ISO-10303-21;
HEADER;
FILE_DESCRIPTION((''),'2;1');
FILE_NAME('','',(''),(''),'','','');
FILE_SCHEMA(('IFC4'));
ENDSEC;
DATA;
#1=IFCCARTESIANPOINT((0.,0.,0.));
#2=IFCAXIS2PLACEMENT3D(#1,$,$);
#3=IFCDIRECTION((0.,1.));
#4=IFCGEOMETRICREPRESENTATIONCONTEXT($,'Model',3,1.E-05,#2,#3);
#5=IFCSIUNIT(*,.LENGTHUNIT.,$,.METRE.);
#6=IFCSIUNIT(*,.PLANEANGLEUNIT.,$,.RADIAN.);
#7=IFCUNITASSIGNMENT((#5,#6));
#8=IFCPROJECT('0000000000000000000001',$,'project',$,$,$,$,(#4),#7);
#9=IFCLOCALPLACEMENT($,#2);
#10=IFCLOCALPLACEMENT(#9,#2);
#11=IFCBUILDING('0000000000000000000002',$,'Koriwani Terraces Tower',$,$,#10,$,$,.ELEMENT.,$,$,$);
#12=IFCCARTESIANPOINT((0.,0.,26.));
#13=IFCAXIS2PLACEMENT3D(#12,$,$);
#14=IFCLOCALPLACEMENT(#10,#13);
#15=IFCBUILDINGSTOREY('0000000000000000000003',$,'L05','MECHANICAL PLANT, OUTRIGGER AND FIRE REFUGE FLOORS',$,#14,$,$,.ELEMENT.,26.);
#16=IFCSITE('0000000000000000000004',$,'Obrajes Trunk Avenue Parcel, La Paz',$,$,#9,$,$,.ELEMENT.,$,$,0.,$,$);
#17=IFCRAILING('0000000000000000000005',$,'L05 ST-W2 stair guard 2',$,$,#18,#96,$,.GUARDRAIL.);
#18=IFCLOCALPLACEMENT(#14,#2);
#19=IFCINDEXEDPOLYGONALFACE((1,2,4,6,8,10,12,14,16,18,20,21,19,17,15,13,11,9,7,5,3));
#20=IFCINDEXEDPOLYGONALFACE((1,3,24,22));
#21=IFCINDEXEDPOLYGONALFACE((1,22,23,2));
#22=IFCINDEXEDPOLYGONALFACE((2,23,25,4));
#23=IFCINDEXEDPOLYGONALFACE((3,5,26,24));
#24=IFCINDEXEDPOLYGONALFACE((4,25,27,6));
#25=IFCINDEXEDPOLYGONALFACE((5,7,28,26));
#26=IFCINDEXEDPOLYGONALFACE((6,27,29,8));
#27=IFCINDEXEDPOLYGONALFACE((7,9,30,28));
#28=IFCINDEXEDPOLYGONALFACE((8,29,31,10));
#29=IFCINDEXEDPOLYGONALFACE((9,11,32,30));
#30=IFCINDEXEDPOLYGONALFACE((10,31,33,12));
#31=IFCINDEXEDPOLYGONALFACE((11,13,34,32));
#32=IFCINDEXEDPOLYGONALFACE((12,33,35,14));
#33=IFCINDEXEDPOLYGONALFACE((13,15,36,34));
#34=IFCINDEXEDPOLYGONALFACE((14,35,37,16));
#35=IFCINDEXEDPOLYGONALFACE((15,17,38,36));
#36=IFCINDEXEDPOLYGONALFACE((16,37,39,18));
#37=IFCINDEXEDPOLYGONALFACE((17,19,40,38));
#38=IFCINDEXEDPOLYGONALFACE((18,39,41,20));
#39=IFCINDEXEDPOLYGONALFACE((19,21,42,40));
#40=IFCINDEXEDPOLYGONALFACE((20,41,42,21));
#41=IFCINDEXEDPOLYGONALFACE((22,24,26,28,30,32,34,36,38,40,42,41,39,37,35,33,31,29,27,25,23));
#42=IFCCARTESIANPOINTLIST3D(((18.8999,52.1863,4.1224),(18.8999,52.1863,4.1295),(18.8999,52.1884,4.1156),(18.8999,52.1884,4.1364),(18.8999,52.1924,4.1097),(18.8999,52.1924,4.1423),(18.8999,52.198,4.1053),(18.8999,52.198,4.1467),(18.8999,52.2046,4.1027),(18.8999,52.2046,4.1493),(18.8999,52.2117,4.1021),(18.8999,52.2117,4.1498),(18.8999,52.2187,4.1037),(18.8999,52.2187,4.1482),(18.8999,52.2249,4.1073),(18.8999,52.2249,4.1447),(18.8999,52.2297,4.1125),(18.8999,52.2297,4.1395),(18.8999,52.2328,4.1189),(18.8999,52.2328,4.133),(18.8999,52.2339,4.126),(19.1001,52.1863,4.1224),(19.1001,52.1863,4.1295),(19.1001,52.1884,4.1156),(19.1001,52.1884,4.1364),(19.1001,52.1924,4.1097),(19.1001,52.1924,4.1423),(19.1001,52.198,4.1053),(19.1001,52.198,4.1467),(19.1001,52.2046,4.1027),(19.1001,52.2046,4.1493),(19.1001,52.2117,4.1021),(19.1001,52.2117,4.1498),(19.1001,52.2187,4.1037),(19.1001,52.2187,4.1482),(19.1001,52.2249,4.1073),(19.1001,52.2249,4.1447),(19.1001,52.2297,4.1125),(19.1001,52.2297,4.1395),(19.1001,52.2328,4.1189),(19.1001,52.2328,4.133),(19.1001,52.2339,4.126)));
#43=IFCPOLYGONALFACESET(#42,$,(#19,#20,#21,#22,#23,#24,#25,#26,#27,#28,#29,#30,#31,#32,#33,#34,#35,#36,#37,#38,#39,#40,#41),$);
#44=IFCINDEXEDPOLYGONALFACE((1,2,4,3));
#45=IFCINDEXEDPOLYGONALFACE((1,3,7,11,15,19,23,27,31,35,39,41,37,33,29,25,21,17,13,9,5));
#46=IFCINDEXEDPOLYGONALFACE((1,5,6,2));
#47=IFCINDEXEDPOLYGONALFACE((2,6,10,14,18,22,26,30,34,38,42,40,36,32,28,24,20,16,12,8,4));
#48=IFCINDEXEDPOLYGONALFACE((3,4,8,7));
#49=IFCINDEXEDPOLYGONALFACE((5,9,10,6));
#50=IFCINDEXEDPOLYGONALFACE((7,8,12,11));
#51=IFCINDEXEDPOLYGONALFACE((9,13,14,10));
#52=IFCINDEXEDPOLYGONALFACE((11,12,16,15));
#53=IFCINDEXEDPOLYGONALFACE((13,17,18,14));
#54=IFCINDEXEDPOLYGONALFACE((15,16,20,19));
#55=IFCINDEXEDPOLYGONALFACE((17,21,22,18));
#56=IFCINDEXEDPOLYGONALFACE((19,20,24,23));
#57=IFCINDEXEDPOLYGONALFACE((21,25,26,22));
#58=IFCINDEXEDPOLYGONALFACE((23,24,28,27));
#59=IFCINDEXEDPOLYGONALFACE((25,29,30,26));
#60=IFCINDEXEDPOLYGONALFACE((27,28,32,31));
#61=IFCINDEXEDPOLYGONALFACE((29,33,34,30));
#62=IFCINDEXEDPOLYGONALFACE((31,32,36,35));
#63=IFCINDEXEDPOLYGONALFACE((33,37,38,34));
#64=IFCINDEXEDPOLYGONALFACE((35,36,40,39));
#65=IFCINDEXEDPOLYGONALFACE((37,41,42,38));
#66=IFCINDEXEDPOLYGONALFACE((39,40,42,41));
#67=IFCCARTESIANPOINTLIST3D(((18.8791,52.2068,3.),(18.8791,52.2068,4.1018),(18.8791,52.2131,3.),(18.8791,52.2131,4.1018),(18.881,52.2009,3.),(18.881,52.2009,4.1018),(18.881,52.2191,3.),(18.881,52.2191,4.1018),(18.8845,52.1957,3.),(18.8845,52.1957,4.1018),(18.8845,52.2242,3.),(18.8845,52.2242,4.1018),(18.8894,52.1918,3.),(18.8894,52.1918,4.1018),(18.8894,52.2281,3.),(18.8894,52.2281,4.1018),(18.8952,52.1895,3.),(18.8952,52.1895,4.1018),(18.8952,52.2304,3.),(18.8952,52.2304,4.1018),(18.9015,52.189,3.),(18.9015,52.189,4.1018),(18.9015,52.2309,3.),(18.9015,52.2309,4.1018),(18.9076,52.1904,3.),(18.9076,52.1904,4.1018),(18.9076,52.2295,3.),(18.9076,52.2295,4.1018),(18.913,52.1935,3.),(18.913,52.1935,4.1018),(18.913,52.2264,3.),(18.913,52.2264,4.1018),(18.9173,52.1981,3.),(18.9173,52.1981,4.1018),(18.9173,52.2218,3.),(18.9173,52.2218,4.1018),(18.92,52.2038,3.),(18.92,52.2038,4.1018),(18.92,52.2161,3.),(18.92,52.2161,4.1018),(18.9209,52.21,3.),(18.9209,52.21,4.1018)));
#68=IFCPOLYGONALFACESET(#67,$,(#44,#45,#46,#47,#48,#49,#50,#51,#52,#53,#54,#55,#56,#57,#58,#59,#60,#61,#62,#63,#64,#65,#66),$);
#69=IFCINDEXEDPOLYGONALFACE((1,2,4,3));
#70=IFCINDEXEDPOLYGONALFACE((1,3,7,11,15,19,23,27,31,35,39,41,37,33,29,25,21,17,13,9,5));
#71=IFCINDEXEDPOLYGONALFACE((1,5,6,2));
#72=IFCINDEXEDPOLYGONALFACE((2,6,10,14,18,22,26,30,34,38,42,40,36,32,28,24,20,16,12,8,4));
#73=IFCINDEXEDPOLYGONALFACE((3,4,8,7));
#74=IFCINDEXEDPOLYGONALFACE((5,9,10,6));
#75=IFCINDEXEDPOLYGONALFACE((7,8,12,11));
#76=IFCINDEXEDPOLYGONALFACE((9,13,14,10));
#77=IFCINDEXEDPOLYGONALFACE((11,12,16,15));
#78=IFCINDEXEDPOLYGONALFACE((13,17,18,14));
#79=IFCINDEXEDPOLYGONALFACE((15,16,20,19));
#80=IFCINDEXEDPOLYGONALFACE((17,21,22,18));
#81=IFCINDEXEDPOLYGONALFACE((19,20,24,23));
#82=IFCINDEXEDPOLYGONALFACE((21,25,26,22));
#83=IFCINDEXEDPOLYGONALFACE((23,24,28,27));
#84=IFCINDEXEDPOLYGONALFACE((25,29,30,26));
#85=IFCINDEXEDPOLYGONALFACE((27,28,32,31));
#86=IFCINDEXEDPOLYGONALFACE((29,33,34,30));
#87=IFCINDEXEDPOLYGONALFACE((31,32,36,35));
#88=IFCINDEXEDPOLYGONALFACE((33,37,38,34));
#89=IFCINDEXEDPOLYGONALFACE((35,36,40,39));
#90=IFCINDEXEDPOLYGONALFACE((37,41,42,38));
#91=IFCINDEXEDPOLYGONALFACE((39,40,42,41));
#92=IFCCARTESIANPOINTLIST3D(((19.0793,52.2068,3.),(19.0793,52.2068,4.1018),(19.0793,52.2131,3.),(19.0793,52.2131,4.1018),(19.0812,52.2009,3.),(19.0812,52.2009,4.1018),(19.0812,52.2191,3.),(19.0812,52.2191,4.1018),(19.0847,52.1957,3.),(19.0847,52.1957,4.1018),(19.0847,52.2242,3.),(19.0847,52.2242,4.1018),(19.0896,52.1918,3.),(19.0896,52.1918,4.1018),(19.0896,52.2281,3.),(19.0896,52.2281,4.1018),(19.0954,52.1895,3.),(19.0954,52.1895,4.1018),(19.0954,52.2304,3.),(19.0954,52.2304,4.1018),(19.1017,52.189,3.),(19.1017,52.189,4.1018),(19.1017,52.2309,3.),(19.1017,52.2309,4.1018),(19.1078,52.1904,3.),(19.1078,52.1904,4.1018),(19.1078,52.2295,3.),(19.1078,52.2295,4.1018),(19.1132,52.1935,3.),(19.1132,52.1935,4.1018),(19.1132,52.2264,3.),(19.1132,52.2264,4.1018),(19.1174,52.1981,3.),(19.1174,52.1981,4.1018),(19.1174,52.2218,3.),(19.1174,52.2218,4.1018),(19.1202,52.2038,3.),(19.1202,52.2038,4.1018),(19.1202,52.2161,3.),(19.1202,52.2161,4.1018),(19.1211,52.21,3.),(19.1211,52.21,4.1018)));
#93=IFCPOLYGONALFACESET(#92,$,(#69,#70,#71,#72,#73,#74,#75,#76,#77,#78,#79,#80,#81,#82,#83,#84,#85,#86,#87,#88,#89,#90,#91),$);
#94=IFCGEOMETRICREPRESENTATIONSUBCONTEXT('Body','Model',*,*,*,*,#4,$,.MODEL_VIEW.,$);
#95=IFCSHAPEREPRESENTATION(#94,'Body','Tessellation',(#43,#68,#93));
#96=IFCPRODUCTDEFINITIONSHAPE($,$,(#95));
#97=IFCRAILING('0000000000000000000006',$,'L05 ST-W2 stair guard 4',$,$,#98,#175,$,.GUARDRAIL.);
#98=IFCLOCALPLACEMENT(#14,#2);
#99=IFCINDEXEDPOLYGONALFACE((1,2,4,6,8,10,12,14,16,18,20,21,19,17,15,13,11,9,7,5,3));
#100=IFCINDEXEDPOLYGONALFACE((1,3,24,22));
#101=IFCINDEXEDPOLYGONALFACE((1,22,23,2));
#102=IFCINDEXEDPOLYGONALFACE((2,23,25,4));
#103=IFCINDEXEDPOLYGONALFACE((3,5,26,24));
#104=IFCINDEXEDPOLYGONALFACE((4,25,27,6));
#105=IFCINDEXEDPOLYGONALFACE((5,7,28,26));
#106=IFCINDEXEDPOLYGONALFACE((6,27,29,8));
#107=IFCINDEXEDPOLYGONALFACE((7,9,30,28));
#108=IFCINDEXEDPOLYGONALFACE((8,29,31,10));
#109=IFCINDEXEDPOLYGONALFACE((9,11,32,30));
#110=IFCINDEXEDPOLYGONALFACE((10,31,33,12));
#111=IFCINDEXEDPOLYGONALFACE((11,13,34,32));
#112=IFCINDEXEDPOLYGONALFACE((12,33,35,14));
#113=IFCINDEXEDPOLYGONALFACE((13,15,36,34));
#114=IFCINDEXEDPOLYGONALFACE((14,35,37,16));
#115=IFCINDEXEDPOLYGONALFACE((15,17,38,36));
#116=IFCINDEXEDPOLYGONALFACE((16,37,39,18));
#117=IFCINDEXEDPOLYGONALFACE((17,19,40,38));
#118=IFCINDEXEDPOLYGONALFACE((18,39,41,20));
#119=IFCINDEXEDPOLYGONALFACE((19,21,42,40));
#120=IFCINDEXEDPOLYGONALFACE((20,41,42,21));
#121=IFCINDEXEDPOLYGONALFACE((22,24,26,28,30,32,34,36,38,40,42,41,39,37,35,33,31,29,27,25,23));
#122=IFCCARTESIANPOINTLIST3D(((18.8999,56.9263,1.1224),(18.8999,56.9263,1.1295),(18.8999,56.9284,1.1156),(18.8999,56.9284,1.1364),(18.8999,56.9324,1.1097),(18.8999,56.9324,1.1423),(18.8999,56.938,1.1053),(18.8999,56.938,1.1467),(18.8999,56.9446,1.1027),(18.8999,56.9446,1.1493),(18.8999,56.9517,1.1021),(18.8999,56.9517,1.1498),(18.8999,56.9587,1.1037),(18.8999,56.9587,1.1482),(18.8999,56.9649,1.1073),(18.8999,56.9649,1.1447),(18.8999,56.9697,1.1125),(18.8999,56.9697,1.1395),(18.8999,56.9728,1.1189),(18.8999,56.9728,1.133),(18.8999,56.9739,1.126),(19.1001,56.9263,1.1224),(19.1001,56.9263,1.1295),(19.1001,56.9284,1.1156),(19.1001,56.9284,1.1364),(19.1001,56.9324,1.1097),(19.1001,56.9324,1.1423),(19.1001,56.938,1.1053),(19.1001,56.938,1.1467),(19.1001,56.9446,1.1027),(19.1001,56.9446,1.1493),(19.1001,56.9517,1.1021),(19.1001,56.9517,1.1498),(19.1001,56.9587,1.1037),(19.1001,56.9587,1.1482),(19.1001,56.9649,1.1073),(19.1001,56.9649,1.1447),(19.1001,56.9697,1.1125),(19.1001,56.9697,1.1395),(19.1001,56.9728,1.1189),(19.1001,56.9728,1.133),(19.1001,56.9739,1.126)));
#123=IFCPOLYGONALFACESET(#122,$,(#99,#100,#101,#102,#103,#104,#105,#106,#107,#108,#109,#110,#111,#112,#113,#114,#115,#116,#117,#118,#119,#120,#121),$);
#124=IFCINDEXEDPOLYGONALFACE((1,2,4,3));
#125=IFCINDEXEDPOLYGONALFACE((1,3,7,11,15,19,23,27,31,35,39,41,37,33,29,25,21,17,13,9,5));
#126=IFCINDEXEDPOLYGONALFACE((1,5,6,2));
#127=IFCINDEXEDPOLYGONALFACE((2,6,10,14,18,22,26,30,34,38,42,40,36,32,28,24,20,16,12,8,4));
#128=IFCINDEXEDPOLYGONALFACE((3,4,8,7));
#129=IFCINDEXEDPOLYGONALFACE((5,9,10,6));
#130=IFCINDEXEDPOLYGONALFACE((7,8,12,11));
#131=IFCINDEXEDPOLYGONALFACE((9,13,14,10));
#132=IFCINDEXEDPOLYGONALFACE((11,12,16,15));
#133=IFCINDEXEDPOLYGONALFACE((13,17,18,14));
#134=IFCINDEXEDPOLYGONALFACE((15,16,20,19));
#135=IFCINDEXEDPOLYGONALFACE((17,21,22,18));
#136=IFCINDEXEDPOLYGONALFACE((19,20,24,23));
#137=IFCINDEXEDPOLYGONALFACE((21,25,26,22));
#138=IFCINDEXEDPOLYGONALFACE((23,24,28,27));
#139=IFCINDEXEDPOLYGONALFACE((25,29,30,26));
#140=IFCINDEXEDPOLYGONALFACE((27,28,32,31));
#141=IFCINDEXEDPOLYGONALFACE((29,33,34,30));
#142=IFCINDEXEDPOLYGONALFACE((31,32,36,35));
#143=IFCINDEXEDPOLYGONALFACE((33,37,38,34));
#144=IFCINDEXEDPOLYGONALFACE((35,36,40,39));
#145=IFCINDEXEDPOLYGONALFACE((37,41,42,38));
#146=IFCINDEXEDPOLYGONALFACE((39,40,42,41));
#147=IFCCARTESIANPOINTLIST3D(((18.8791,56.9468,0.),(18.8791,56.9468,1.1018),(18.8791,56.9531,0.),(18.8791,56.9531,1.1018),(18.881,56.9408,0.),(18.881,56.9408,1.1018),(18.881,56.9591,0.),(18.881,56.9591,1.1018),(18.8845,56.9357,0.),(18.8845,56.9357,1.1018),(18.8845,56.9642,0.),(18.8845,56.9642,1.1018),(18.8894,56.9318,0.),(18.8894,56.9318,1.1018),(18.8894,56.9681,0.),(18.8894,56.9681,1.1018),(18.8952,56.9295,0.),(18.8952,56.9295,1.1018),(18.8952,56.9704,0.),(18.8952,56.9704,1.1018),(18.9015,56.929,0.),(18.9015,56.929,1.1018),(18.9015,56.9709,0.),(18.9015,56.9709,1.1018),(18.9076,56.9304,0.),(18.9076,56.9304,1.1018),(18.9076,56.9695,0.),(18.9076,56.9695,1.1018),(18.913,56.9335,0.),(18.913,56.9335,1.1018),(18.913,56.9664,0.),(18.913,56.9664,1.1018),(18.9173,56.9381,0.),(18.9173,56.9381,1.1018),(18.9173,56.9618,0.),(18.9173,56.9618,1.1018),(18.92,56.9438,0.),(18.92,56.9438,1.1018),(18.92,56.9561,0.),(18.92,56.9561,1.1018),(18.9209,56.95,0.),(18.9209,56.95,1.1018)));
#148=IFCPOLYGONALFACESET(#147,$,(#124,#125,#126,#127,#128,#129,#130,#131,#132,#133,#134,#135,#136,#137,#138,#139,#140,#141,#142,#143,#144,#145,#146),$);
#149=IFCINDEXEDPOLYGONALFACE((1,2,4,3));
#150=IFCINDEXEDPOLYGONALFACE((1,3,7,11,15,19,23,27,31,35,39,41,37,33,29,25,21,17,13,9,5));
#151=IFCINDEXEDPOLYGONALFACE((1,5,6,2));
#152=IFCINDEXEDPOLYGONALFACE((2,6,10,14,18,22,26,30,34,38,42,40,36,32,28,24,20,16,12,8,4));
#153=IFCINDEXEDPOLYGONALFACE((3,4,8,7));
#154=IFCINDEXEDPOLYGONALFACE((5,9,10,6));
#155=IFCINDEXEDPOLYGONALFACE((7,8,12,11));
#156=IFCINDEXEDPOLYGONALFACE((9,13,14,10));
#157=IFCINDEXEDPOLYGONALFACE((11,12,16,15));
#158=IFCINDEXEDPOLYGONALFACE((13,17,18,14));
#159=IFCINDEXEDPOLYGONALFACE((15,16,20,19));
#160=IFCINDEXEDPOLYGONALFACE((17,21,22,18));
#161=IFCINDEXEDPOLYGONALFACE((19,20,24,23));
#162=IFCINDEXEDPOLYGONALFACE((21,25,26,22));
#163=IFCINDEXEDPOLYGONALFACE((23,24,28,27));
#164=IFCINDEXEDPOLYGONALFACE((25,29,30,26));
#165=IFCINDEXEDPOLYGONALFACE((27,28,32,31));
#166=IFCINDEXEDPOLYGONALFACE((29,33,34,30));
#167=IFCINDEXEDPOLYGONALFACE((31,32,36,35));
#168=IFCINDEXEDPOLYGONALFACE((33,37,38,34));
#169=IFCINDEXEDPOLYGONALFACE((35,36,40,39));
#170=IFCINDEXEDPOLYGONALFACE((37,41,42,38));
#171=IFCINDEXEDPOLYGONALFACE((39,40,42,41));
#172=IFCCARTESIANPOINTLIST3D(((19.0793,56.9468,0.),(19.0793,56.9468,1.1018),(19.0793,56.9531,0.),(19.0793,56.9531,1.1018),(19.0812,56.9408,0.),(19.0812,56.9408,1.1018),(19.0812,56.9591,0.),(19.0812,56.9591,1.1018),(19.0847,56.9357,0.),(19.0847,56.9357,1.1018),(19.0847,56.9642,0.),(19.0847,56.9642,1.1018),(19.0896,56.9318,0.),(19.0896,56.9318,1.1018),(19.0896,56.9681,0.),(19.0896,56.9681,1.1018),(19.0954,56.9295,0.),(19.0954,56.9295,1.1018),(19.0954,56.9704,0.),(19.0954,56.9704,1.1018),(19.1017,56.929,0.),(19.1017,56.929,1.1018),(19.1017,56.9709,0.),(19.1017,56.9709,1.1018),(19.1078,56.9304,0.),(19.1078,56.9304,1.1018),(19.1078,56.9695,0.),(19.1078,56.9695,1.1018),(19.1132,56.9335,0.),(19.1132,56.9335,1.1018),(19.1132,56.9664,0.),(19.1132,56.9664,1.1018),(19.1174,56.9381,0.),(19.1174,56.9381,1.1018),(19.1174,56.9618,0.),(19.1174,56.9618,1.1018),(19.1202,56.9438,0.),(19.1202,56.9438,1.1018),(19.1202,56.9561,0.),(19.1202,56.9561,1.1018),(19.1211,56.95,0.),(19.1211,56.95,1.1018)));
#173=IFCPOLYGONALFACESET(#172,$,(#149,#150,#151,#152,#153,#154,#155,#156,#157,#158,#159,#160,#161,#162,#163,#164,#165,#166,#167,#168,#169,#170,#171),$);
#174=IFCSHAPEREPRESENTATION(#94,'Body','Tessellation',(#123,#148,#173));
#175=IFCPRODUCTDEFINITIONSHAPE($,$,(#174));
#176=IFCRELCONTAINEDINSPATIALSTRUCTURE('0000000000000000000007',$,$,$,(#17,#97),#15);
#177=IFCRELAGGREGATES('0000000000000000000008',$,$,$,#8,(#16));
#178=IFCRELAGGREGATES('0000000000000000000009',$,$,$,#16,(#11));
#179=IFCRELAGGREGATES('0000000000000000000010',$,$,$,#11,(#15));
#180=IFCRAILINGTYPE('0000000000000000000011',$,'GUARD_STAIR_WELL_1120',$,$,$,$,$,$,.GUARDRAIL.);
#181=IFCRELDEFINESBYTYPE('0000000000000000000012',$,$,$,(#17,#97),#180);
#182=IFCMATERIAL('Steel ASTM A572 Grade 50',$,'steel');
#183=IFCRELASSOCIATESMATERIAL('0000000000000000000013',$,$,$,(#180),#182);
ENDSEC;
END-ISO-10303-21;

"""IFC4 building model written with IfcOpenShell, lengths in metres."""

from ifc_helpers import new_model, si_unit, direction, frame, origin, origin_2d, place, context, subcontext, project, spatial, circle, extrude, material, type_object, element, save


model = new_model("IFC4")

# Units and contexts
model_context = context("Model", 3, precision=1e-05, world=origin(), true_north=direction((0.0, 1.0)))
body_context = subcontext(model_context, "Body", "Model", "MODEL_VIEW")
ifc_project = project(units=[si_unit("LENGTHUNIT", "METRE"), si_unit("PLANEANGLEUNIT", "RADIAN")], contexts=[model_context])

# Site, building, storey
site_placement = place(None, origin())
site = spatial("IfcSite", under=ifc_project, at=site_placement, Name="Obrajes Trunk Avenue Parcel, La Paz", CompositionType="ELEMENT", RefElevation=0.0)
building_placement = place(site_placement, origin())
building = spatial("IfcBuilding", under=site, at=building_placement, Name="Koriwani Terraces Tower", CompositionType="ELEMENT")
storey_placement = place(building_placement, frame((0.0, 0.0, 26.0)))
storey = spatial("IfcBuildingStorey", under=building, at=storey_placement, Name="L05", Description="MECHANICAL PLANT, OUTRIGGER AND FIRE REFUGE FLOORS", CompositionType="ELEMENT", Elevation=26.0)

# Shared definitions
ifc_material_1 = material(Name="Steel ASTM A572 Grade 50", Category="steel")

# Railings
railing_type_1 = type_object("IfcRailingType", Name="GUARD_STAIR_WELL_1120", PredefinedType="GUARDRAIL", material=ifc_material_1)
for number, where, name in (
    (1, (18.8999, 52.21, 3.0), "L05 ST-W2 stair guard 2"),
    (2, (18.8999, 56.95, 0.0), "L05 ST-W2 stair guard 4"),
):
    element("IfcRailing", number, at=place(storey_placement, frame(where)), inside=storey, type_object=railing_type_1, Name=name, PredefinedType="GUARDRAIL", context=body_context, shape_type="SweptSolid", body=[
        extrude(circle(Radius=0.0239, at=origin_2d()), frame((0.0, 0.0, 1.126), z_axis=(1.0, 0.0, 0.0), x_axis=(0.0, 1.0, 0.0)), (0.0, 0.0, 1.0), 0.2002),
        extrude(circle(Radius=0.021, at=origin_2d()), origin(), (0.0, 0.0, 1.0), 1.1018),
        extrude(circle(Radius=0.021, at=origin_2d()), frame((0.2002, 0.0, 0.0)), (0.0, 0.0, 1.0), 1.1018),
    ])

save(model, "model.ifc")
